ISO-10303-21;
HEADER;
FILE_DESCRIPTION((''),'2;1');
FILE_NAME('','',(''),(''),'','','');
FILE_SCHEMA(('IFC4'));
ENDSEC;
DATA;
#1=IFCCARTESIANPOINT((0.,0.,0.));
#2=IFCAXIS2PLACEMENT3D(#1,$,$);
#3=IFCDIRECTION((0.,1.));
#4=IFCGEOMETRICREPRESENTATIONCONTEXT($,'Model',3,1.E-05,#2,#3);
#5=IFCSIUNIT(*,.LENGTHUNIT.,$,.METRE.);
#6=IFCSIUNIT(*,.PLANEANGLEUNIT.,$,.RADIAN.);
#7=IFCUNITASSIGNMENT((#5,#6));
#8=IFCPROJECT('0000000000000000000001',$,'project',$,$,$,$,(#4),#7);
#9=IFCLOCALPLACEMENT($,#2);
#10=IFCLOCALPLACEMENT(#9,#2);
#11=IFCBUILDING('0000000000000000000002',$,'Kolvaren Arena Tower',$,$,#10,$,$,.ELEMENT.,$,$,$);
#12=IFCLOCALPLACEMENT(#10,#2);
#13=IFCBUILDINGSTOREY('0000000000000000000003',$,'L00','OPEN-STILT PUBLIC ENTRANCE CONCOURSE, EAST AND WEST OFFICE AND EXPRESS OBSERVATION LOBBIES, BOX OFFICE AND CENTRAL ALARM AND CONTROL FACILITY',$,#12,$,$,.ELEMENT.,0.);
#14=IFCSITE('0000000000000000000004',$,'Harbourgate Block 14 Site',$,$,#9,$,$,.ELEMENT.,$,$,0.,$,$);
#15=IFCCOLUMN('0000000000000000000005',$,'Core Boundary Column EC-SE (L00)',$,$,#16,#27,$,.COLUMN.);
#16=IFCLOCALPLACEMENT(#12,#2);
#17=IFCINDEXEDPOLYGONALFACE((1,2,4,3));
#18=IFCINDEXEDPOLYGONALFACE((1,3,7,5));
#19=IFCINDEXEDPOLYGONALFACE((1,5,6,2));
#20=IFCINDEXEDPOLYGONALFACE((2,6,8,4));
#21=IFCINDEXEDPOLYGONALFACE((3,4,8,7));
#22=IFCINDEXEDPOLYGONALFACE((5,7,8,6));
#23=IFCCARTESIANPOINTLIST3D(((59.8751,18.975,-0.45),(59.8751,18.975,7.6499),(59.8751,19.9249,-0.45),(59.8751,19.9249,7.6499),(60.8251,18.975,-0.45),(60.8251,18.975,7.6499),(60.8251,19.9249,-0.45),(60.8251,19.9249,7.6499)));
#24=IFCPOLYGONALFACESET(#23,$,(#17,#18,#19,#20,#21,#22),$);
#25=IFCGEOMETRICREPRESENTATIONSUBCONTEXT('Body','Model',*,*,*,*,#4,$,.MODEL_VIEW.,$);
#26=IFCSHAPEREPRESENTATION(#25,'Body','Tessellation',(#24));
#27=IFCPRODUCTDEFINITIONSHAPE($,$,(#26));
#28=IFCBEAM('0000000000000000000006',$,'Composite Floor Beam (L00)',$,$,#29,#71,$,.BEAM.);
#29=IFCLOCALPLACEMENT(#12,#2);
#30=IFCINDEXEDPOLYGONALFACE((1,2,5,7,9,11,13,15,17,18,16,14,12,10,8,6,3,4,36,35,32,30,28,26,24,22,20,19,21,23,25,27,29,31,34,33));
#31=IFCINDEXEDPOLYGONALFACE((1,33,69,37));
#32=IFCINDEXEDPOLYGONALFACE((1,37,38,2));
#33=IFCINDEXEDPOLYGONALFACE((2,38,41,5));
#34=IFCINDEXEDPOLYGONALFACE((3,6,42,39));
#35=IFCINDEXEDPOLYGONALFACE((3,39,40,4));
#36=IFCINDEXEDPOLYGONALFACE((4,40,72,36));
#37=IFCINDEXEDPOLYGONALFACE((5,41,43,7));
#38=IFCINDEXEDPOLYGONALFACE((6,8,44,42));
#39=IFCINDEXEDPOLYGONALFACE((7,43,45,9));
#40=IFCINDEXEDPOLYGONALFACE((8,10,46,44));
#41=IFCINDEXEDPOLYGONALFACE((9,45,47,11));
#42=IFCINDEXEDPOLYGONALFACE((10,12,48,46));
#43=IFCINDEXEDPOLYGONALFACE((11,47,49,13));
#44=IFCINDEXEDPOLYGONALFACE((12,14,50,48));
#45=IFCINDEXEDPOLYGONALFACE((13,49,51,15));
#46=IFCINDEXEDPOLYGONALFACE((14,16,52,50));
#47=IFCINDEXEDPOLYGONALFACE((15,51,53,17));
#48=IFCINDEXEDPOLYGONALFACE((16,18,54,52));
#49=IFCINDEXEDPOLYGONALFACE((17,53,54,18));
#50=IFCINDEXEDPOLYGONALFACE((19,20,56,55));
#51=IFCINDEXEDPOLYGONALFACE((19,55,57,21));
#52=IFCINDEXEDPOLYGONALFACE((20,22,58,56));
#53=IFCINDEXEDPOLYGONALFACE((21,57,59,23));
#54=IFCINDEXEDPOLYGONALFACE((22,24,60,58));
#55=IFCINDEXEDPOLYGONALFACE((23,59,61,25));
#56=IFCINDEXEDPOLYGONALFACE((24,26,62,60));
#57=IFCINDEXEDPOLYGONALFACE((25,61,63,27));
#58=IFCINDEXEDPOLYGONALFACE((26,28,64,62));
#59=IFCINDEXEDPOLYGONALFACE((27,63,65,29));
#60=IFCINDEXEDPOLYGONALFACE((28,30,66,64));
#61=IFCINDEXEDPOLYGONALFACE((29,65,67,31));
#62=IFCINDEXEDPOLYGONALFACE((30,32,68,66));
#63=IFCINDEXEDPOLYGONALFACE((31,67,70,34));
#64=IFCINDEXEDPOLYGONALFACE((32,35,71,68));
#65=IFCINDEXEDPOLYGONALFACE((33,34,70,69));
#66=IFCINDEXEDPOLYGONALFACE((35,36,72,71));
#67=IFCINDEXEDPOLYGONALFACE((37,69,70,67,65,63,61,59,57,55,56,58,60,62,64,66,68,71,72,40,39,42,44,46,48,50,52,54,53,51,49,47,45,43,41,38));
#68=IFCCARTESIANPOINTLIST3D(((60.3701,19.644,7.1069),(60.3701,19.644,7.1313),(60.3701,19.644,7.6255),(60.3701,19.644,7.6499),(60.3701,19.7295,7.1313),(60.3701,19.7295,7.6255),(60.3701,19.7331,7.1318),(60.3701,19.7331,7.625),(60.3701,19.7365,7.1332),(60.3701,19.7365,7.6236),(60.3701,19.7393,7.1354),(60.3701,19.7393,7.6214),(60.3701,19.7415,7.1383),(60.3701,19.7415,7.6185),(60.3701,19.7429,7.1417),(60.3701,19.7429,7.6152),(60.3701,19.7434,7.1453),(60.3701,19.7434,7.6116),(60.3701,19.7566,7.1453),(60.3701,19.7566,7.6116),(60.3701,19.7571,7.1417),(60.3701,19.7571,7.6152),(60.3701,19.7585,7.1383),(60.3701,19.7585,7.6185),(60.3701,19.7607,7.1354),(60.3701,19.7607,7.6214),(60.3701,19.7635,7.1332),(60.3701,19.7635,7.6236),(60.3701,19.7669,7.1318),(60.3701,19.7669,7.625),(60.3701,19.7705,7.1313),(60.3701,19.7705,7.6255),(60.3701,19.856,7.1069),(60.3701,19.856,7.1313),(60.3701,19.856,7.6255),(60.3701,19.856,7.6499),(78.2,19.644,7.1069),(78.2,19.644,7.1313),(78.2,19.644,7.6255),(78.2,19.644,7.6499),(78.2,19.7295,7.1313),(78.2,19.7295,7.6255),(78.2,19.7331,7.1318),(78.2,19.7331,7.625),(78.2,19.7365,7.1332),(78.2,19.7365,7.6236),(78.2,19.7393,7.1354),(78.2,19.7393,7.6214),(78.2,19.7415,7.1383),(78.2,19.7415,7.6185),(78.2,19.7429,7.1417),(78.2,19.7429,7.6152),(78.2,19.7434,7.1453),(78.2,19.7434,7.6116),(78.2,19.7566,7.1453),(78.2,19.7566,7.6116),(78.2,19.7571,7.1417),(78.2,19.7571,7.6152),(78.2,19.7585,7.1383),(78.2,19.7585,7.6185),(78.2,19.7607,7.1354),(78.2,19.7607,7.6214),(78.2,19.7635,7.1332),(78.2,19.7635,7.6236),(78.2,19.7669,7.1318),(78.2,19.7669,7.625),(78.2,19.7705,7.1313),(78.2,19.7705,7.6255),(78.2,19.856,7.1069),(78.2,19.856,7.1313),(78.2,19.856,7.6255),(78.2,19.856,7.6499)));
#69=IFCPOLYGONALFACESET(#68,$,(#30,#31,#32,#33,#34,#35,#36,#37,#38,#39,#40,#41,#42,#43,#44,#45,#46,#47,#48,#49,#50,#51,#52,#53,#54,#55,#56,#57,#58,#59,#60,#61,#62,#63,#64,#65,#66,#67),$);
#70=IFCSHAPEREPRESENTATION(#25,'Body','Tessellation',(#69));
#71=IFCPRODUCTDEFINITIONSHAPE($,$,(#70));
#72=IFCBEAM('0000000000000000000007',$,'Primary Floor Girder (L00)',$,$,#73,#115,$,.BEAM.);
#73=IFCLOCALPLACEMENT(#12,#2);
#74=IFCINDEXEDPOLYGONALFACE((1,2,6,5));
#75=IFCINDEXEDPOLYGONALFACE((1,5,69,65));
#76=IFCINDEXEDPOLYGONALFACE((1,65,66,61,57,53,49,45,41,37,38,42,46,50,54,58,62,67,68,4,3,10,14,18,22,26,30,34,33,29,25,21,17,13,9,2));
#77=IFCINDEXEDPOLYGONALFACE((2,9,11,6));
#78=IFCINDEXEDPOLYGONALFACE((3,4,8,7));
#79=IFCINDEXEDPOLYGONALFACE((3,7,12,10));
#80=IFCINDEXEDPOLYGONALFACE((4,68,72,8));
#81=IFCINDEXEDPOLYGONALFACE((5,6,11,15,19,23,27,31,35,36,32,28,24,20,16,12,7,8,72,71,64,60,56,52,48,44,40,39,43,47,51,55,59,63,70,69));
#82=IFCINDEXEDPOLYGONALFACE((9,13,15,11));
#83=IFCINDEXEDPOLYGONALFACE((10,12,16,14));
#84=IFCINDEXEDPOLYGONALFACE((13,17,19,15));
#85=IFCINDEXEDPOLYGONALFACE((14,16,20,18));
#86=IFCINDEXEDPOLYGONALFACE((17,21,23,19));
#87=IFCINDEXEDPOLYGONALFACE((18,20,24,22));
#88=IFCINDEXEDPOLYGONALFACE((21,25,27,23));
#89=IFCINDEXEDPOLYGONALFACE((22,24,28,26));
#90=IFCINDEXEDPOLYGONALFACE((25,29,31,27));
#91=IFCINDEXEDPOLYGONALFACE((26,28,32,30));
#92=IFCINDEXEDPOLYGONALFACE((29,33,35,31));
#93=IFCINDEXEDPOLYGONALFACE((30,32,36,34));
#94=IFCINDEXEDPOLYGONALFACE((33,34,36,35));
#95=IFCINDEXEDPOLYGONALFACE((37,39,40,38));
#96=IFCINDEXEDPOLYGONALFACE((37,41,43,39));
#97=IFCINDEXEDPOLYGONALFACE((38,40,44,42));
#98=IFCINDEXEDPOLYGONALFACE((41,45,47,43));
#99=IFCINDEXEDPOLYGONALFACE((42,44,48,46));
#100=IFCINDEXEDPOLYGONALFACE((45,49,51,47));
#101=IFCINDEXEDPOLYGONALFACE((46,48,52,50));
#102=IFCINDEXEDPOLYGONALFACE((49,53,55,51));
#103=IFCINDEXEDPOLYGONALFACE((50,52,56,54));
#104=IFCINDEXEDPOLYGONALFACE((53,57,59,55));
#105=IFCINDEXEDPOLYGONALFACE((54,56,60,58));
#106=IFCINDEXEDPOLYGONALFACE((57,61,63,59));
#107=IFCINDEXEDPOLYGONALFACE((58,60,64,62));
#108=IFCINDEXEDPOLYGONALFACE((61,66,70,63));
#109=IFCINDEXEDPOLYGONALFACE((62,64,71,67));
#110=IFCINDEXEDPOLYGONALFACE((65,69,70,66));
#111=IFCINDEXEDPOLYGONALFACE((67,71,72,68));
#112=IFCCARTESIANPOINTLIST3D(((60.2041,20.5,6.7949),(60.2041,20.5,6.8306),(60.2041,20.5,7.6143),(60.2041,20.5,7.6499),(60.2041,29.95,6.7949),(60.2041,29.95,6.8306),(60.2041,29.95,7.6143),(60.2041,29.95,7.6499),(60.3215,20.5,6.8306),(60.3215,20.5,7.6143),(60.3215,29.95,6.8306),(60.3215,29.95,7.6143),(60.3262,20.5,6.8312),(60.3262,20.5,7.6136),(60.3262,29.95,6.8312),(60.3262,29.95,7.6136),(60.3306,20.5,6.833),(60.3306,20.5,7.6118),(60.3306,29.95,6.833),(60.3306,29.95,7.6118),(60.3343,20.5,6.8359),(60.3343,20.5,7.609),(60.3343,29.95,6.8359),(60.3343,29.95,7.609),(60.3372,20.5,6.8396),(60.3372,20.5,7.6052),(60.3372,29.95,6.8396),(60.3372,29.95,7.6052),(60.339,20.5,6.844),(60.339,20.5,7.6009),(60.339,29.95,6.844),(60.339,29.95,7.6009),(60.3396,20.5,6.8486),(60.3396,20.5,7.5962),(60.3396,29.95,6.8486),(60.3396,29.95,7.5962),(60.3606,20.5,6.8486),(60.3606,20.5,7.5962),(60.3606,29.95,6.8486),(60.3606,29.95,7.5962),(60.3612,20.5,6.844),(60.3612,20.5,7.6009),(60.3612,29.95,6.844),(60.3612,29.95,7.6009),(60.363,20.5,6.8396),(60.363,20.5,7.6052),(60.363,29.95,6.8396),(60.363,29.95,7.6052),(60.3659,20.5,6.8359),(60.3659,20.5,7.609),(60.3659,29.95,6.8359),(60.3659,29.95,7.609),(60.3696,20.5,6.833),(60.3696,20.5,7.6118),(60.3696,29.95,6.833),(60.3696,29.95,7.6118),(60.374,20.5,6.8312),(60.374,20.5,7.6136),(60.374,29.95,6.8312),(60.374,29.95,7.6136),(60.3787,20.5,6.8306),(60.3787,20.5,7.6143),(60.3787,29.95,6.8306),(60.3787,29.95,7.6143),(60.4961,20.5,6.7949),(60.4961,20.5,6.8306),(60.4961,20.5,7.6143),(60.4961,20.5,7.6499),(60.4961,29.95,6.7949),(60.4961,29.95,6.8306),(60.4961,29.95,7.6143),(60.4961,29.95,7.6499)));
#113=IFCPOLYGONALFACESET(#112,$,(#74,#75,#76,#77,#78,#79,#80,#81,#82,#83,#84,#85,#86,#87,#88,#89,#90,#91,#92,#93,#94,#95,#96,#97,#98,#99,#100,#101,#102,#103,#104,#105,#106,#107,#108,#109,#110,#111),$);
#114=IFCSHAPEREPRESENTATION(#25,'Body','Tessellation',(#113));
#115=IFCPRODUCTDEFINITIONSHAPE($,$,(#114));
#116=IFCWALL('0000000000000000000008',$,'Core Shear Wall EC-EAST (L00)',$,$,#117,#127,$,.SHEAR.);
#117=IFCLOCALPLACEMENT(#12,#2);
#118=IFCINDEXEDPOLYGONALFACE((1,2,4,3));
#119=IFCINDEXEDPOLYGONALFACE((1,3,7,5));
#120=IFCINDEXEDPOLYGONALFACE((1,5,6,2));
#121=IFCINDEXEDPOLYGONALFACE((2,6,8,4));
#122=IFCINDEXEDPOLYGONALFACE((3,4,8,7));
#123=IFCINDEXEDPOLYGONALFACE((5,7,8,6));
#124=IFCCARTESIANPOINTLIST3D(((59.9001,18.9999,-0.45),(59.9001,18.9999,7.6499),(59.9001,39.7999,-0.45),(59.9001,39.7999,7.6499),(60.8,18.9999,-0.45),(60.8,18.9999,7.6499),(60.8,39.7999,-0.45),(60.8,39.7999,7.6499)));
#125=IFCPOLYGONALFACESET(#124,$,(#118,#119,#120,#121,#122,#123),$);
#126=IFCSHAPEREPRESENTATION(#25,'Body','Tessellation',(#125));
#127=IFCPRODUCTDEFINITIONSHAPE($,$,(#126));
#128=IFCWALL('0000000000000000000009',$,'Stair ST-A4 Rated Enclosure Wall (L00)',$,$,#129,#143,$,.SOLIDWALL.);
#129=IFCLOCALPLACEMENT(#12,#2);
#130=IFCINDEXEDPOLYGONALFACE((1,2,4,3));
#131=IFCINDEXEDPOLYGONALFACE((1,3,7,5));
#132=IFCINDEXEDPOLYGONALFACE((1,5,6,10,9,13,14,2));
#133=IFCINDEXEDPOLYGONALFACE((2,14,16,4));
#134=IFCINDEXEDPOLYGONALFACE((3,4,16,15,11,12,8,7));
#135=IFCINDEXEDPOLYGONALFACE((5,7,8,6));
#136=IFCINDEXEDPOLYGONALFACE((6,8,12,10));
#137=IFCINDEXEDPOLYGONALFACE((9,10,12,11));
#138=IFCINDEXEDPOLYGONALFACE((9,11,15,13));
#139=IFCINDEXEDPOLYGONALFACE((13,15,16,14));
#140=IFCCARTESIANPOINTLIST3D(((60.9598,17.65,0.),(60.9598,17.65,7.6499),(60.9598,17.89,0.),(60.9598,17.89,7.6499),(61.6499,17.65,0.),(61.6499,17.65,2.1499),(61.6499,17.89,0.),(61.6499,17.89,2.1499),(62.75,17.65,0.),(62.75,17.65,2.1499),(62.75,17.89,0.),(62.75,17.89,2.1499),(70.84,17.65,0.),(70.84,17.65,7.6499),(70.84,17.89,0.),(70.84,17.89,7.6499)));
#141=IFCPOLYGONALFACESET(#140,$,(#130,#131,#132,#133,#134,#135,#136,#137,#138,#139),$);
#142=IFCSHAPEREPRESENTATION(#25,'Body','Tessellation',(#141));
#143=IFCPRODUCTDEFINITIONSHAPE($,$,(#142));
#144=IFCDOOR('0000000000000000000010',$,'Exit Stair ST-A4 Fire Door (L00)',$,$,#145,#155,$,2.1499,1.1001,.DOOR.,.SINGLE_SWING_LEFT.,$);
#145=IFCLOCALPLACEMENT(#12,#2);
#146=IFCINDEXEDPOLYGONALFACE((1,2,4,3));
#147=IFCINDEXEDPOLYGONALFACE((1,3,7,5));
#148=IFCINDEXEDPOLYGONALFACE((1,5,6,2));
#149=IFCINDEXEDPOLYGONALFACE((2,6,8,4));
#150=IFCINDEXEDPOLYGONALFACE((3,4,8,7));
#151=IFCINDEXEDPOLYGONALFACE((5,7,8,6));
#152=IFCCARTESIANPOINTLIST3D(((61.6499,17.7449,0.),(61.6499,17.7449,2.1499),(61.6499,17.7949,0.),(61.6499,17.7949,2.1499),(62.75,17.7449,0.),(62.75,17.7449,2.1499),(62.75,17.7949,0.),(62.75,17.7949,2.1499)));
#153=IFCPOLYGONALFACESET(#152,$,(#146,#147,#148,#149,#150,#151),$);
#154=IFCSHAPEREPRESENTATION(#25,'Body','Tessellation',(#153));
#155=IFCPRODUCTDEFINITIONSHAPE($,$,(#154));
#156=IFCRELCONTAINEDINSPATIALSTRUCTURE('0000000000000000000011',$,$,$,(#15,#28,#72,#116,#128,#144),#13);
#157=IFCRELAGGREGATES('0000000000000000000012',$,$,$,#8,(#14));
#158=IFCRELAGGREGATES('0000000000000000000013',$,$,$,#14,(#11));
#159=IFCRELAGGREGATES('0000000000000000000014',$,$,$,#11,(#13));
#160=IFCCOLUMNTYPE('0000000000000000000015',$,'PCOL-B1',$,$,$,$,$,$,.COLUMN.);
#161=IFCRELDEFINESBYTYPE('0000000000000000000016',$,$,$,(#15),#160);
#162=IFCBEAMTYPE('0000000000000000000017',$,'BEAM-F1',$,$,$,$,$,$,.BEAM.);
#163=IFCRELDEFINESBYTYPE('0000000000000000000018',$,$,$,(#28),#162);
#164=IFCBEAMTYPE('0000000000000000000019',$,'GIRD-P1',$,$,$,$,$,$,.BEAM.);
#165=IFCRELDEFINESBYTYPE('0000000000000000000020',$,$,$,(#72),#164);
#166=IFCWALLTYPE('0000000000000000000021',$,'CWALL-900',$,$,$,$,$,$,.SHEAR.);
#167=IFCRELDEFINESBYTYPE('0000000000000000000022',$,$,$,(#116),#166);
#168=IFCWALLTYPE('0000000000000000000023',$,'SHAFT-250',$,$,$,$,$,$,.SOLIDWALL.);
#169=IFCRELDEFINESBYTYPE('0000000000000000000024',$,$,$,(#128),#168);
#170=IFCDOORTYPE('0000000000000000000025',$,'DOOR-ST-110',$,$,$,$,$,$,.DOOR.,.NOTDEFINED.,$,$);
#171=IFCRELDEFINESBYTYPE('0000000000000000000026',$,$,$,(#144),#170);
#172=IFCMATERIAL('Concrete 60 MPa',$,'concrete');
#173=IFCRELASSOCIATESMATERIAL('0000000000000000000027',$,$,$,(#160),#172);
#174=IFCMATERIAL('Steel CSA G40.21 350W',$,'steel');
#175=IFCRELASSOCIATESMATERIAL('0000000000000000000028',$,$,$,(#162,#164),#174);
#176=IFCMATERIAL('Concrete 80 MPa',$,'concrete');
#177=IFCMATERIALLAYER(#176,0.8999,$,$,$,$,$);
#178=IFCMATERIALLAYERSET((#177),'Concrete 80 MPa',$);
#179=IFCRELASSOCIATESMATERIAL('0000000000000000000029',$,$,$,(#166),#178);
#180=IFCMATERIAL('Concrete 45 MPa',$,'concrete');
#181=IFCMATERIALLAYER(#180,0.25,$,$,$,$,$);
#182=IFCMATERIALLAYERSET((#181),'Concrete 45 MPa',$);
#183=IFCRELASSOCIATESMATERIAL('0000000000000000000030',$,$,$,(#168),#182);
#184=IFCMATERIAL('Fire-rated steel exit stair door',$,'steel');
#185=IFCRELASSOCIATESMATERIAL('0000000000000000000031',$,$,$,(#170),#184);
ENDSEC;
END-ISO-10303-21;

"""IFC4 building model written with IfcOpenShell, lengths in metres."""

from ifc_helpers import new_model, si_unit, direction, frame, frame_2d, origin, origin_2d, place, context, subcontext, project, spatial, rectangle, i_section, extrude, material, layer, layer_set, material_profile, profile_set, type_object, element, fill, save


model = new_model("IFC4")

# Units and contexts
model_context = context("Model", 3, precision=1e-05, world=origin(), true_north=direction((0.0, 1.0)))
body_context = subcontext(model_context, "Body", "Model", "MODEL_VIEW")
ifc_project = project(units=[si_unit("LENGTHUNIT", "METRE"), si_unit("PLANEANGLEUNIT", "RADIAN")], contexts=[model_context])

# Site, building, storey
site_placement = place(None, origin())
site = spatial("IfcSite", under=ifc_project, at=site_placement, Name="Harbourgate Block 14 Site", CompositionType="ELEMENT", RefElevation=0.0)
building_placement = place(site_placement, origin())
building = spatial("IfcBuilding", under=site, at=building_placement, Name="Kolvaren Arena Tower", CompositionType="ELEMENT")
storey_placement = place(building_placement, origin())
storey = spatial("IfcBuildingStorey", under=building, at=storey_placement, Name="L00", Description="OPEN-STILT PUBLIC ENTRANCE CONCOURSE, EAST AND WEST OFFICE AND EXPRESS OBSERVATION LOBBIES, BOX OFFICE AND CENTRAL ALARM AND CONTROL FACILITY", CompositionType="ELEMENT", Elevation=0.0)

# Column
ifc_material_1 = material(Name="Concrete 60 MPa", Category="concrete")
ifc_material_profile_1 = material_profile(ifc_material_1, rectangle(XDim=0.95, YDim=0.95, at=origin_2d()), Name="RC-950x950")
ifc_profile_set_1 = profile_set([ifc_material_profile_1], Name="Concrete 60 MPa")
column_type = type_object("IfcColumnType", Name="PCOL-B1", PredefinedType="COLUMN", material=ifc_profile_set_1)
column_placement = place(storey_placement, frame((60.3501, 19.45, -0.45), z_axis=(0.0, 0.0, 1.0), x_axis=(1.0, 0.0, 0.0)))
element("IfcColumn", 1, at=column_placement, inside=storey, type_object=column_type, Name="Core Boundary Column EC-SE (L00)", PredefinedType="COLUMN", context=body_context, shape_type="SweptSolid", body=[
    extrude(rectangle(XDim=0.95, YDim=0.95, at=origin_2d()), origin(), (0.0, 0.0, 1.0), 8.0999),
])

# Beams
ifc_material_2 = material(Name="Steel CSA G40.21 350W", Category="steel")
ifc_material_profile_2 = material_profile(ifc_material_2, i_section(OverallWidth=0.2119, OverallDepth=0.543, WebThickness=0.0132, FlangeThickness=0.0244, FilletRadius=0.0139, at=origin_2d()), Name="W530x150")
ifc_profile_set_2 = profile_set([ifc_material_profile_2], Name="Steel CSA G40.21 350W")
beam_type_1 = type_object("IfcBeamType", Name="BEAM-F1", PredefinedType="BEAM", material=ifc_profile_set_2)
beam_1_placement = place(storey_placement, frame((60.3701, 19.75, 7.3784), z_axis=(1.0, 0.0, 0.0), x_axis=(0.0, 1.0, 0.0)))
element("IfcBeam", 2, at=beam_1_placement, inside=storey, type_object=beam_type_1, Name="Composite Floor Beam (L00)", PredefinedType="BEAM", context=body_context, shape_type="SweptSolid", body=[
    extrude(i_section(OverallWidth=0.2119, OverallDepth=0.543, WebThickness=0.0132, FlangeThickness=0.0244, FilletRadius=0.0139, at=origin_2d()), origin(), (0.0, 0.0, 1.0), 17.8298),
])
ifc_material_profile_3 = material_profile(ifc_material_2, i_section(OverallWidth=0.292, OverallDepth=0.855, WebThickness=0.021, FlangeThickness=0.0356, FilletRadius=0.0181, at=origin_2d()), Name="W840x299")
ifc_profile_set_3 = profile_set([ifc_material_profile_3], Name="Steel CSA G40.21 350W")
beam_type_2 = type_object("IfcBeamType", Name="GIRD-P1", PredefinedType="BEAM", material=ifc_profile_set_3)
beam_2_placement = place(storey_placement, frame((60.3501, 20.5, 7.2224), z_axis=(0.0, 1.0, 0.0), x_axis=(-1.0, 0.0, 0.0)))
element("IfcBeam", 3, at=beam_2_placement, inside=storey, type_object=beam_type_2, Name="Primary Floor Girder (L00)", PredefinedType="BEAM", context=body_context, shape_type="SweptSolid", body=[
    extrude(i_section(OverallWidth=0.292, OverallDepth=0.855, WebThickness=0.021, FlangeThickness=0.0356, FilletRadius=0.0181, at=origin_2d()), origin(), (0.0, 0.0, 1.0), 9.45),
])

# Wall
ifc_material_3 = material(Name="Concrete 80 MPa", Category="concrete")
ifc_layer_1 = layer(ifc_material_3, 0.8999)
ifc_layer_set_1 = layer_set([ifc_layer_1], Name="Concrete 80 MPa")
wall_type_1 = type_object("IfcWallType", Name="CWALL-900", PredefinedType="SHEAR", material=ifc_layer_set_1)
wall_1_placement = place(storey_placement, frame((60.3501, 19.0, -0.45), z_axis=(0.0, 0.0, 1.0), x_axis=(0.0, 1.0, 0.0)))
element("IfcWall", 4, at=wall_1_placement, inside=storey, type_object=wall_type_1, Name="Core Shear Wall EC-EAST (L00)", PredefinedType="SHEAR", context=body_context, shape_type="SweptSolid", body=[
    extrude(rectangle(XDim=20.8, YDim=0.8999, at=frame_2d((10.3999, 0.0))), origin(), (0.0, 0.0, 1.0), 8.0999),
])

# Wall, opening, door
ifc_material_4 = material(Name="Concrete 45 MPa", Category="concrete")
ifc_layer_2 = layer(ifc_material_4, 0.25)
ifc_layer_set_2 = layer_set([ifc_layer_2], Name="Concrete 45 MPa")
wall_type_2 = type_object("IfcWallType", Name="SHAFT-250", PredefinedType="SOLIDWALL", material=ifc_layer_set_2)
wall_2_placement = place(storey_placement, frame((60.96, 17.77, 0.0), z_axis=(0.0, 0.0, 1.0), x_axis=(1.0, 0.0, 0.0)))
wall_2 = element("IfcWall", 5, at=wall_2_placement, inside=storey, type_object=wall_type_2, Name="Stair ST-A4 Rated Enclosure Wall (L00)", PredefinedType="SOLIDWALL", context=body_context, shape_type="SweptSolid", body=[
    extrude(rectangle(XDim=9.8801, YDim=0.24, at=frame_2d((4.9399, 0.0))), origin(), (0.0, 0.0, 1.0), 7.6499),
])
opening_1_placement = place(wall_2_placement, frame((0.6899, 0.0, 0.0)))
opening_1 = element("IfcOpeningElement", 6, at=opening_1_placement, cuts=wall_2, PredefinedType="OPENING", context=body_context, shape_type="SweptSolid", body=[
    extrude(rectangle(XDim=1.1001, YDim=2.1499, at=frame_2d((0.55, 1.075))), frame((0.0, 0.1299, 0.0), z_axis=(0.0, -1.0, 0.0), x_axis=(1.0, 0.0, 0.0)), (0.0, 0.0, 1.0), 0.26),
])
ifc_material_5 = material(Name="Fire-rated steel exit stair door", Category="steel")
door_type = type_object("IfcDoorType", Name="DOOR-ST-110", OperationType="NOTDEFINED", PredefinedType="DOOR", material=ifc_material_5)
door_1_placement = place(opening_1_placement, origin())
door_1 = element("IfcDoor", 7, at=door_1_placement, inside=storey, type_object=door_type, Name="Exit Stair ST-A4 Fire Door (L00)", OperationType="SINGLE_SWING_LEFT", OverallHeight=2.1499, OverallWidth=1.1001, PredefinedType="DOOR", context=body_context, shape_type="SweptSolid", body=[
    extrude(rectangle(XDim=1.1001, YDim=2.1499, at=frame_2d((0.55, 1.075))), frame((0.0, 0.0249, 0.0), z_axis=(0.0, -1.0, 0.0), x_axis=(1.0, 0.0, 0.0)), (0.0, 0.0, 1.0), 0.05),
])
fill(opening_1, door_1)

save(model, "model.ifc")
